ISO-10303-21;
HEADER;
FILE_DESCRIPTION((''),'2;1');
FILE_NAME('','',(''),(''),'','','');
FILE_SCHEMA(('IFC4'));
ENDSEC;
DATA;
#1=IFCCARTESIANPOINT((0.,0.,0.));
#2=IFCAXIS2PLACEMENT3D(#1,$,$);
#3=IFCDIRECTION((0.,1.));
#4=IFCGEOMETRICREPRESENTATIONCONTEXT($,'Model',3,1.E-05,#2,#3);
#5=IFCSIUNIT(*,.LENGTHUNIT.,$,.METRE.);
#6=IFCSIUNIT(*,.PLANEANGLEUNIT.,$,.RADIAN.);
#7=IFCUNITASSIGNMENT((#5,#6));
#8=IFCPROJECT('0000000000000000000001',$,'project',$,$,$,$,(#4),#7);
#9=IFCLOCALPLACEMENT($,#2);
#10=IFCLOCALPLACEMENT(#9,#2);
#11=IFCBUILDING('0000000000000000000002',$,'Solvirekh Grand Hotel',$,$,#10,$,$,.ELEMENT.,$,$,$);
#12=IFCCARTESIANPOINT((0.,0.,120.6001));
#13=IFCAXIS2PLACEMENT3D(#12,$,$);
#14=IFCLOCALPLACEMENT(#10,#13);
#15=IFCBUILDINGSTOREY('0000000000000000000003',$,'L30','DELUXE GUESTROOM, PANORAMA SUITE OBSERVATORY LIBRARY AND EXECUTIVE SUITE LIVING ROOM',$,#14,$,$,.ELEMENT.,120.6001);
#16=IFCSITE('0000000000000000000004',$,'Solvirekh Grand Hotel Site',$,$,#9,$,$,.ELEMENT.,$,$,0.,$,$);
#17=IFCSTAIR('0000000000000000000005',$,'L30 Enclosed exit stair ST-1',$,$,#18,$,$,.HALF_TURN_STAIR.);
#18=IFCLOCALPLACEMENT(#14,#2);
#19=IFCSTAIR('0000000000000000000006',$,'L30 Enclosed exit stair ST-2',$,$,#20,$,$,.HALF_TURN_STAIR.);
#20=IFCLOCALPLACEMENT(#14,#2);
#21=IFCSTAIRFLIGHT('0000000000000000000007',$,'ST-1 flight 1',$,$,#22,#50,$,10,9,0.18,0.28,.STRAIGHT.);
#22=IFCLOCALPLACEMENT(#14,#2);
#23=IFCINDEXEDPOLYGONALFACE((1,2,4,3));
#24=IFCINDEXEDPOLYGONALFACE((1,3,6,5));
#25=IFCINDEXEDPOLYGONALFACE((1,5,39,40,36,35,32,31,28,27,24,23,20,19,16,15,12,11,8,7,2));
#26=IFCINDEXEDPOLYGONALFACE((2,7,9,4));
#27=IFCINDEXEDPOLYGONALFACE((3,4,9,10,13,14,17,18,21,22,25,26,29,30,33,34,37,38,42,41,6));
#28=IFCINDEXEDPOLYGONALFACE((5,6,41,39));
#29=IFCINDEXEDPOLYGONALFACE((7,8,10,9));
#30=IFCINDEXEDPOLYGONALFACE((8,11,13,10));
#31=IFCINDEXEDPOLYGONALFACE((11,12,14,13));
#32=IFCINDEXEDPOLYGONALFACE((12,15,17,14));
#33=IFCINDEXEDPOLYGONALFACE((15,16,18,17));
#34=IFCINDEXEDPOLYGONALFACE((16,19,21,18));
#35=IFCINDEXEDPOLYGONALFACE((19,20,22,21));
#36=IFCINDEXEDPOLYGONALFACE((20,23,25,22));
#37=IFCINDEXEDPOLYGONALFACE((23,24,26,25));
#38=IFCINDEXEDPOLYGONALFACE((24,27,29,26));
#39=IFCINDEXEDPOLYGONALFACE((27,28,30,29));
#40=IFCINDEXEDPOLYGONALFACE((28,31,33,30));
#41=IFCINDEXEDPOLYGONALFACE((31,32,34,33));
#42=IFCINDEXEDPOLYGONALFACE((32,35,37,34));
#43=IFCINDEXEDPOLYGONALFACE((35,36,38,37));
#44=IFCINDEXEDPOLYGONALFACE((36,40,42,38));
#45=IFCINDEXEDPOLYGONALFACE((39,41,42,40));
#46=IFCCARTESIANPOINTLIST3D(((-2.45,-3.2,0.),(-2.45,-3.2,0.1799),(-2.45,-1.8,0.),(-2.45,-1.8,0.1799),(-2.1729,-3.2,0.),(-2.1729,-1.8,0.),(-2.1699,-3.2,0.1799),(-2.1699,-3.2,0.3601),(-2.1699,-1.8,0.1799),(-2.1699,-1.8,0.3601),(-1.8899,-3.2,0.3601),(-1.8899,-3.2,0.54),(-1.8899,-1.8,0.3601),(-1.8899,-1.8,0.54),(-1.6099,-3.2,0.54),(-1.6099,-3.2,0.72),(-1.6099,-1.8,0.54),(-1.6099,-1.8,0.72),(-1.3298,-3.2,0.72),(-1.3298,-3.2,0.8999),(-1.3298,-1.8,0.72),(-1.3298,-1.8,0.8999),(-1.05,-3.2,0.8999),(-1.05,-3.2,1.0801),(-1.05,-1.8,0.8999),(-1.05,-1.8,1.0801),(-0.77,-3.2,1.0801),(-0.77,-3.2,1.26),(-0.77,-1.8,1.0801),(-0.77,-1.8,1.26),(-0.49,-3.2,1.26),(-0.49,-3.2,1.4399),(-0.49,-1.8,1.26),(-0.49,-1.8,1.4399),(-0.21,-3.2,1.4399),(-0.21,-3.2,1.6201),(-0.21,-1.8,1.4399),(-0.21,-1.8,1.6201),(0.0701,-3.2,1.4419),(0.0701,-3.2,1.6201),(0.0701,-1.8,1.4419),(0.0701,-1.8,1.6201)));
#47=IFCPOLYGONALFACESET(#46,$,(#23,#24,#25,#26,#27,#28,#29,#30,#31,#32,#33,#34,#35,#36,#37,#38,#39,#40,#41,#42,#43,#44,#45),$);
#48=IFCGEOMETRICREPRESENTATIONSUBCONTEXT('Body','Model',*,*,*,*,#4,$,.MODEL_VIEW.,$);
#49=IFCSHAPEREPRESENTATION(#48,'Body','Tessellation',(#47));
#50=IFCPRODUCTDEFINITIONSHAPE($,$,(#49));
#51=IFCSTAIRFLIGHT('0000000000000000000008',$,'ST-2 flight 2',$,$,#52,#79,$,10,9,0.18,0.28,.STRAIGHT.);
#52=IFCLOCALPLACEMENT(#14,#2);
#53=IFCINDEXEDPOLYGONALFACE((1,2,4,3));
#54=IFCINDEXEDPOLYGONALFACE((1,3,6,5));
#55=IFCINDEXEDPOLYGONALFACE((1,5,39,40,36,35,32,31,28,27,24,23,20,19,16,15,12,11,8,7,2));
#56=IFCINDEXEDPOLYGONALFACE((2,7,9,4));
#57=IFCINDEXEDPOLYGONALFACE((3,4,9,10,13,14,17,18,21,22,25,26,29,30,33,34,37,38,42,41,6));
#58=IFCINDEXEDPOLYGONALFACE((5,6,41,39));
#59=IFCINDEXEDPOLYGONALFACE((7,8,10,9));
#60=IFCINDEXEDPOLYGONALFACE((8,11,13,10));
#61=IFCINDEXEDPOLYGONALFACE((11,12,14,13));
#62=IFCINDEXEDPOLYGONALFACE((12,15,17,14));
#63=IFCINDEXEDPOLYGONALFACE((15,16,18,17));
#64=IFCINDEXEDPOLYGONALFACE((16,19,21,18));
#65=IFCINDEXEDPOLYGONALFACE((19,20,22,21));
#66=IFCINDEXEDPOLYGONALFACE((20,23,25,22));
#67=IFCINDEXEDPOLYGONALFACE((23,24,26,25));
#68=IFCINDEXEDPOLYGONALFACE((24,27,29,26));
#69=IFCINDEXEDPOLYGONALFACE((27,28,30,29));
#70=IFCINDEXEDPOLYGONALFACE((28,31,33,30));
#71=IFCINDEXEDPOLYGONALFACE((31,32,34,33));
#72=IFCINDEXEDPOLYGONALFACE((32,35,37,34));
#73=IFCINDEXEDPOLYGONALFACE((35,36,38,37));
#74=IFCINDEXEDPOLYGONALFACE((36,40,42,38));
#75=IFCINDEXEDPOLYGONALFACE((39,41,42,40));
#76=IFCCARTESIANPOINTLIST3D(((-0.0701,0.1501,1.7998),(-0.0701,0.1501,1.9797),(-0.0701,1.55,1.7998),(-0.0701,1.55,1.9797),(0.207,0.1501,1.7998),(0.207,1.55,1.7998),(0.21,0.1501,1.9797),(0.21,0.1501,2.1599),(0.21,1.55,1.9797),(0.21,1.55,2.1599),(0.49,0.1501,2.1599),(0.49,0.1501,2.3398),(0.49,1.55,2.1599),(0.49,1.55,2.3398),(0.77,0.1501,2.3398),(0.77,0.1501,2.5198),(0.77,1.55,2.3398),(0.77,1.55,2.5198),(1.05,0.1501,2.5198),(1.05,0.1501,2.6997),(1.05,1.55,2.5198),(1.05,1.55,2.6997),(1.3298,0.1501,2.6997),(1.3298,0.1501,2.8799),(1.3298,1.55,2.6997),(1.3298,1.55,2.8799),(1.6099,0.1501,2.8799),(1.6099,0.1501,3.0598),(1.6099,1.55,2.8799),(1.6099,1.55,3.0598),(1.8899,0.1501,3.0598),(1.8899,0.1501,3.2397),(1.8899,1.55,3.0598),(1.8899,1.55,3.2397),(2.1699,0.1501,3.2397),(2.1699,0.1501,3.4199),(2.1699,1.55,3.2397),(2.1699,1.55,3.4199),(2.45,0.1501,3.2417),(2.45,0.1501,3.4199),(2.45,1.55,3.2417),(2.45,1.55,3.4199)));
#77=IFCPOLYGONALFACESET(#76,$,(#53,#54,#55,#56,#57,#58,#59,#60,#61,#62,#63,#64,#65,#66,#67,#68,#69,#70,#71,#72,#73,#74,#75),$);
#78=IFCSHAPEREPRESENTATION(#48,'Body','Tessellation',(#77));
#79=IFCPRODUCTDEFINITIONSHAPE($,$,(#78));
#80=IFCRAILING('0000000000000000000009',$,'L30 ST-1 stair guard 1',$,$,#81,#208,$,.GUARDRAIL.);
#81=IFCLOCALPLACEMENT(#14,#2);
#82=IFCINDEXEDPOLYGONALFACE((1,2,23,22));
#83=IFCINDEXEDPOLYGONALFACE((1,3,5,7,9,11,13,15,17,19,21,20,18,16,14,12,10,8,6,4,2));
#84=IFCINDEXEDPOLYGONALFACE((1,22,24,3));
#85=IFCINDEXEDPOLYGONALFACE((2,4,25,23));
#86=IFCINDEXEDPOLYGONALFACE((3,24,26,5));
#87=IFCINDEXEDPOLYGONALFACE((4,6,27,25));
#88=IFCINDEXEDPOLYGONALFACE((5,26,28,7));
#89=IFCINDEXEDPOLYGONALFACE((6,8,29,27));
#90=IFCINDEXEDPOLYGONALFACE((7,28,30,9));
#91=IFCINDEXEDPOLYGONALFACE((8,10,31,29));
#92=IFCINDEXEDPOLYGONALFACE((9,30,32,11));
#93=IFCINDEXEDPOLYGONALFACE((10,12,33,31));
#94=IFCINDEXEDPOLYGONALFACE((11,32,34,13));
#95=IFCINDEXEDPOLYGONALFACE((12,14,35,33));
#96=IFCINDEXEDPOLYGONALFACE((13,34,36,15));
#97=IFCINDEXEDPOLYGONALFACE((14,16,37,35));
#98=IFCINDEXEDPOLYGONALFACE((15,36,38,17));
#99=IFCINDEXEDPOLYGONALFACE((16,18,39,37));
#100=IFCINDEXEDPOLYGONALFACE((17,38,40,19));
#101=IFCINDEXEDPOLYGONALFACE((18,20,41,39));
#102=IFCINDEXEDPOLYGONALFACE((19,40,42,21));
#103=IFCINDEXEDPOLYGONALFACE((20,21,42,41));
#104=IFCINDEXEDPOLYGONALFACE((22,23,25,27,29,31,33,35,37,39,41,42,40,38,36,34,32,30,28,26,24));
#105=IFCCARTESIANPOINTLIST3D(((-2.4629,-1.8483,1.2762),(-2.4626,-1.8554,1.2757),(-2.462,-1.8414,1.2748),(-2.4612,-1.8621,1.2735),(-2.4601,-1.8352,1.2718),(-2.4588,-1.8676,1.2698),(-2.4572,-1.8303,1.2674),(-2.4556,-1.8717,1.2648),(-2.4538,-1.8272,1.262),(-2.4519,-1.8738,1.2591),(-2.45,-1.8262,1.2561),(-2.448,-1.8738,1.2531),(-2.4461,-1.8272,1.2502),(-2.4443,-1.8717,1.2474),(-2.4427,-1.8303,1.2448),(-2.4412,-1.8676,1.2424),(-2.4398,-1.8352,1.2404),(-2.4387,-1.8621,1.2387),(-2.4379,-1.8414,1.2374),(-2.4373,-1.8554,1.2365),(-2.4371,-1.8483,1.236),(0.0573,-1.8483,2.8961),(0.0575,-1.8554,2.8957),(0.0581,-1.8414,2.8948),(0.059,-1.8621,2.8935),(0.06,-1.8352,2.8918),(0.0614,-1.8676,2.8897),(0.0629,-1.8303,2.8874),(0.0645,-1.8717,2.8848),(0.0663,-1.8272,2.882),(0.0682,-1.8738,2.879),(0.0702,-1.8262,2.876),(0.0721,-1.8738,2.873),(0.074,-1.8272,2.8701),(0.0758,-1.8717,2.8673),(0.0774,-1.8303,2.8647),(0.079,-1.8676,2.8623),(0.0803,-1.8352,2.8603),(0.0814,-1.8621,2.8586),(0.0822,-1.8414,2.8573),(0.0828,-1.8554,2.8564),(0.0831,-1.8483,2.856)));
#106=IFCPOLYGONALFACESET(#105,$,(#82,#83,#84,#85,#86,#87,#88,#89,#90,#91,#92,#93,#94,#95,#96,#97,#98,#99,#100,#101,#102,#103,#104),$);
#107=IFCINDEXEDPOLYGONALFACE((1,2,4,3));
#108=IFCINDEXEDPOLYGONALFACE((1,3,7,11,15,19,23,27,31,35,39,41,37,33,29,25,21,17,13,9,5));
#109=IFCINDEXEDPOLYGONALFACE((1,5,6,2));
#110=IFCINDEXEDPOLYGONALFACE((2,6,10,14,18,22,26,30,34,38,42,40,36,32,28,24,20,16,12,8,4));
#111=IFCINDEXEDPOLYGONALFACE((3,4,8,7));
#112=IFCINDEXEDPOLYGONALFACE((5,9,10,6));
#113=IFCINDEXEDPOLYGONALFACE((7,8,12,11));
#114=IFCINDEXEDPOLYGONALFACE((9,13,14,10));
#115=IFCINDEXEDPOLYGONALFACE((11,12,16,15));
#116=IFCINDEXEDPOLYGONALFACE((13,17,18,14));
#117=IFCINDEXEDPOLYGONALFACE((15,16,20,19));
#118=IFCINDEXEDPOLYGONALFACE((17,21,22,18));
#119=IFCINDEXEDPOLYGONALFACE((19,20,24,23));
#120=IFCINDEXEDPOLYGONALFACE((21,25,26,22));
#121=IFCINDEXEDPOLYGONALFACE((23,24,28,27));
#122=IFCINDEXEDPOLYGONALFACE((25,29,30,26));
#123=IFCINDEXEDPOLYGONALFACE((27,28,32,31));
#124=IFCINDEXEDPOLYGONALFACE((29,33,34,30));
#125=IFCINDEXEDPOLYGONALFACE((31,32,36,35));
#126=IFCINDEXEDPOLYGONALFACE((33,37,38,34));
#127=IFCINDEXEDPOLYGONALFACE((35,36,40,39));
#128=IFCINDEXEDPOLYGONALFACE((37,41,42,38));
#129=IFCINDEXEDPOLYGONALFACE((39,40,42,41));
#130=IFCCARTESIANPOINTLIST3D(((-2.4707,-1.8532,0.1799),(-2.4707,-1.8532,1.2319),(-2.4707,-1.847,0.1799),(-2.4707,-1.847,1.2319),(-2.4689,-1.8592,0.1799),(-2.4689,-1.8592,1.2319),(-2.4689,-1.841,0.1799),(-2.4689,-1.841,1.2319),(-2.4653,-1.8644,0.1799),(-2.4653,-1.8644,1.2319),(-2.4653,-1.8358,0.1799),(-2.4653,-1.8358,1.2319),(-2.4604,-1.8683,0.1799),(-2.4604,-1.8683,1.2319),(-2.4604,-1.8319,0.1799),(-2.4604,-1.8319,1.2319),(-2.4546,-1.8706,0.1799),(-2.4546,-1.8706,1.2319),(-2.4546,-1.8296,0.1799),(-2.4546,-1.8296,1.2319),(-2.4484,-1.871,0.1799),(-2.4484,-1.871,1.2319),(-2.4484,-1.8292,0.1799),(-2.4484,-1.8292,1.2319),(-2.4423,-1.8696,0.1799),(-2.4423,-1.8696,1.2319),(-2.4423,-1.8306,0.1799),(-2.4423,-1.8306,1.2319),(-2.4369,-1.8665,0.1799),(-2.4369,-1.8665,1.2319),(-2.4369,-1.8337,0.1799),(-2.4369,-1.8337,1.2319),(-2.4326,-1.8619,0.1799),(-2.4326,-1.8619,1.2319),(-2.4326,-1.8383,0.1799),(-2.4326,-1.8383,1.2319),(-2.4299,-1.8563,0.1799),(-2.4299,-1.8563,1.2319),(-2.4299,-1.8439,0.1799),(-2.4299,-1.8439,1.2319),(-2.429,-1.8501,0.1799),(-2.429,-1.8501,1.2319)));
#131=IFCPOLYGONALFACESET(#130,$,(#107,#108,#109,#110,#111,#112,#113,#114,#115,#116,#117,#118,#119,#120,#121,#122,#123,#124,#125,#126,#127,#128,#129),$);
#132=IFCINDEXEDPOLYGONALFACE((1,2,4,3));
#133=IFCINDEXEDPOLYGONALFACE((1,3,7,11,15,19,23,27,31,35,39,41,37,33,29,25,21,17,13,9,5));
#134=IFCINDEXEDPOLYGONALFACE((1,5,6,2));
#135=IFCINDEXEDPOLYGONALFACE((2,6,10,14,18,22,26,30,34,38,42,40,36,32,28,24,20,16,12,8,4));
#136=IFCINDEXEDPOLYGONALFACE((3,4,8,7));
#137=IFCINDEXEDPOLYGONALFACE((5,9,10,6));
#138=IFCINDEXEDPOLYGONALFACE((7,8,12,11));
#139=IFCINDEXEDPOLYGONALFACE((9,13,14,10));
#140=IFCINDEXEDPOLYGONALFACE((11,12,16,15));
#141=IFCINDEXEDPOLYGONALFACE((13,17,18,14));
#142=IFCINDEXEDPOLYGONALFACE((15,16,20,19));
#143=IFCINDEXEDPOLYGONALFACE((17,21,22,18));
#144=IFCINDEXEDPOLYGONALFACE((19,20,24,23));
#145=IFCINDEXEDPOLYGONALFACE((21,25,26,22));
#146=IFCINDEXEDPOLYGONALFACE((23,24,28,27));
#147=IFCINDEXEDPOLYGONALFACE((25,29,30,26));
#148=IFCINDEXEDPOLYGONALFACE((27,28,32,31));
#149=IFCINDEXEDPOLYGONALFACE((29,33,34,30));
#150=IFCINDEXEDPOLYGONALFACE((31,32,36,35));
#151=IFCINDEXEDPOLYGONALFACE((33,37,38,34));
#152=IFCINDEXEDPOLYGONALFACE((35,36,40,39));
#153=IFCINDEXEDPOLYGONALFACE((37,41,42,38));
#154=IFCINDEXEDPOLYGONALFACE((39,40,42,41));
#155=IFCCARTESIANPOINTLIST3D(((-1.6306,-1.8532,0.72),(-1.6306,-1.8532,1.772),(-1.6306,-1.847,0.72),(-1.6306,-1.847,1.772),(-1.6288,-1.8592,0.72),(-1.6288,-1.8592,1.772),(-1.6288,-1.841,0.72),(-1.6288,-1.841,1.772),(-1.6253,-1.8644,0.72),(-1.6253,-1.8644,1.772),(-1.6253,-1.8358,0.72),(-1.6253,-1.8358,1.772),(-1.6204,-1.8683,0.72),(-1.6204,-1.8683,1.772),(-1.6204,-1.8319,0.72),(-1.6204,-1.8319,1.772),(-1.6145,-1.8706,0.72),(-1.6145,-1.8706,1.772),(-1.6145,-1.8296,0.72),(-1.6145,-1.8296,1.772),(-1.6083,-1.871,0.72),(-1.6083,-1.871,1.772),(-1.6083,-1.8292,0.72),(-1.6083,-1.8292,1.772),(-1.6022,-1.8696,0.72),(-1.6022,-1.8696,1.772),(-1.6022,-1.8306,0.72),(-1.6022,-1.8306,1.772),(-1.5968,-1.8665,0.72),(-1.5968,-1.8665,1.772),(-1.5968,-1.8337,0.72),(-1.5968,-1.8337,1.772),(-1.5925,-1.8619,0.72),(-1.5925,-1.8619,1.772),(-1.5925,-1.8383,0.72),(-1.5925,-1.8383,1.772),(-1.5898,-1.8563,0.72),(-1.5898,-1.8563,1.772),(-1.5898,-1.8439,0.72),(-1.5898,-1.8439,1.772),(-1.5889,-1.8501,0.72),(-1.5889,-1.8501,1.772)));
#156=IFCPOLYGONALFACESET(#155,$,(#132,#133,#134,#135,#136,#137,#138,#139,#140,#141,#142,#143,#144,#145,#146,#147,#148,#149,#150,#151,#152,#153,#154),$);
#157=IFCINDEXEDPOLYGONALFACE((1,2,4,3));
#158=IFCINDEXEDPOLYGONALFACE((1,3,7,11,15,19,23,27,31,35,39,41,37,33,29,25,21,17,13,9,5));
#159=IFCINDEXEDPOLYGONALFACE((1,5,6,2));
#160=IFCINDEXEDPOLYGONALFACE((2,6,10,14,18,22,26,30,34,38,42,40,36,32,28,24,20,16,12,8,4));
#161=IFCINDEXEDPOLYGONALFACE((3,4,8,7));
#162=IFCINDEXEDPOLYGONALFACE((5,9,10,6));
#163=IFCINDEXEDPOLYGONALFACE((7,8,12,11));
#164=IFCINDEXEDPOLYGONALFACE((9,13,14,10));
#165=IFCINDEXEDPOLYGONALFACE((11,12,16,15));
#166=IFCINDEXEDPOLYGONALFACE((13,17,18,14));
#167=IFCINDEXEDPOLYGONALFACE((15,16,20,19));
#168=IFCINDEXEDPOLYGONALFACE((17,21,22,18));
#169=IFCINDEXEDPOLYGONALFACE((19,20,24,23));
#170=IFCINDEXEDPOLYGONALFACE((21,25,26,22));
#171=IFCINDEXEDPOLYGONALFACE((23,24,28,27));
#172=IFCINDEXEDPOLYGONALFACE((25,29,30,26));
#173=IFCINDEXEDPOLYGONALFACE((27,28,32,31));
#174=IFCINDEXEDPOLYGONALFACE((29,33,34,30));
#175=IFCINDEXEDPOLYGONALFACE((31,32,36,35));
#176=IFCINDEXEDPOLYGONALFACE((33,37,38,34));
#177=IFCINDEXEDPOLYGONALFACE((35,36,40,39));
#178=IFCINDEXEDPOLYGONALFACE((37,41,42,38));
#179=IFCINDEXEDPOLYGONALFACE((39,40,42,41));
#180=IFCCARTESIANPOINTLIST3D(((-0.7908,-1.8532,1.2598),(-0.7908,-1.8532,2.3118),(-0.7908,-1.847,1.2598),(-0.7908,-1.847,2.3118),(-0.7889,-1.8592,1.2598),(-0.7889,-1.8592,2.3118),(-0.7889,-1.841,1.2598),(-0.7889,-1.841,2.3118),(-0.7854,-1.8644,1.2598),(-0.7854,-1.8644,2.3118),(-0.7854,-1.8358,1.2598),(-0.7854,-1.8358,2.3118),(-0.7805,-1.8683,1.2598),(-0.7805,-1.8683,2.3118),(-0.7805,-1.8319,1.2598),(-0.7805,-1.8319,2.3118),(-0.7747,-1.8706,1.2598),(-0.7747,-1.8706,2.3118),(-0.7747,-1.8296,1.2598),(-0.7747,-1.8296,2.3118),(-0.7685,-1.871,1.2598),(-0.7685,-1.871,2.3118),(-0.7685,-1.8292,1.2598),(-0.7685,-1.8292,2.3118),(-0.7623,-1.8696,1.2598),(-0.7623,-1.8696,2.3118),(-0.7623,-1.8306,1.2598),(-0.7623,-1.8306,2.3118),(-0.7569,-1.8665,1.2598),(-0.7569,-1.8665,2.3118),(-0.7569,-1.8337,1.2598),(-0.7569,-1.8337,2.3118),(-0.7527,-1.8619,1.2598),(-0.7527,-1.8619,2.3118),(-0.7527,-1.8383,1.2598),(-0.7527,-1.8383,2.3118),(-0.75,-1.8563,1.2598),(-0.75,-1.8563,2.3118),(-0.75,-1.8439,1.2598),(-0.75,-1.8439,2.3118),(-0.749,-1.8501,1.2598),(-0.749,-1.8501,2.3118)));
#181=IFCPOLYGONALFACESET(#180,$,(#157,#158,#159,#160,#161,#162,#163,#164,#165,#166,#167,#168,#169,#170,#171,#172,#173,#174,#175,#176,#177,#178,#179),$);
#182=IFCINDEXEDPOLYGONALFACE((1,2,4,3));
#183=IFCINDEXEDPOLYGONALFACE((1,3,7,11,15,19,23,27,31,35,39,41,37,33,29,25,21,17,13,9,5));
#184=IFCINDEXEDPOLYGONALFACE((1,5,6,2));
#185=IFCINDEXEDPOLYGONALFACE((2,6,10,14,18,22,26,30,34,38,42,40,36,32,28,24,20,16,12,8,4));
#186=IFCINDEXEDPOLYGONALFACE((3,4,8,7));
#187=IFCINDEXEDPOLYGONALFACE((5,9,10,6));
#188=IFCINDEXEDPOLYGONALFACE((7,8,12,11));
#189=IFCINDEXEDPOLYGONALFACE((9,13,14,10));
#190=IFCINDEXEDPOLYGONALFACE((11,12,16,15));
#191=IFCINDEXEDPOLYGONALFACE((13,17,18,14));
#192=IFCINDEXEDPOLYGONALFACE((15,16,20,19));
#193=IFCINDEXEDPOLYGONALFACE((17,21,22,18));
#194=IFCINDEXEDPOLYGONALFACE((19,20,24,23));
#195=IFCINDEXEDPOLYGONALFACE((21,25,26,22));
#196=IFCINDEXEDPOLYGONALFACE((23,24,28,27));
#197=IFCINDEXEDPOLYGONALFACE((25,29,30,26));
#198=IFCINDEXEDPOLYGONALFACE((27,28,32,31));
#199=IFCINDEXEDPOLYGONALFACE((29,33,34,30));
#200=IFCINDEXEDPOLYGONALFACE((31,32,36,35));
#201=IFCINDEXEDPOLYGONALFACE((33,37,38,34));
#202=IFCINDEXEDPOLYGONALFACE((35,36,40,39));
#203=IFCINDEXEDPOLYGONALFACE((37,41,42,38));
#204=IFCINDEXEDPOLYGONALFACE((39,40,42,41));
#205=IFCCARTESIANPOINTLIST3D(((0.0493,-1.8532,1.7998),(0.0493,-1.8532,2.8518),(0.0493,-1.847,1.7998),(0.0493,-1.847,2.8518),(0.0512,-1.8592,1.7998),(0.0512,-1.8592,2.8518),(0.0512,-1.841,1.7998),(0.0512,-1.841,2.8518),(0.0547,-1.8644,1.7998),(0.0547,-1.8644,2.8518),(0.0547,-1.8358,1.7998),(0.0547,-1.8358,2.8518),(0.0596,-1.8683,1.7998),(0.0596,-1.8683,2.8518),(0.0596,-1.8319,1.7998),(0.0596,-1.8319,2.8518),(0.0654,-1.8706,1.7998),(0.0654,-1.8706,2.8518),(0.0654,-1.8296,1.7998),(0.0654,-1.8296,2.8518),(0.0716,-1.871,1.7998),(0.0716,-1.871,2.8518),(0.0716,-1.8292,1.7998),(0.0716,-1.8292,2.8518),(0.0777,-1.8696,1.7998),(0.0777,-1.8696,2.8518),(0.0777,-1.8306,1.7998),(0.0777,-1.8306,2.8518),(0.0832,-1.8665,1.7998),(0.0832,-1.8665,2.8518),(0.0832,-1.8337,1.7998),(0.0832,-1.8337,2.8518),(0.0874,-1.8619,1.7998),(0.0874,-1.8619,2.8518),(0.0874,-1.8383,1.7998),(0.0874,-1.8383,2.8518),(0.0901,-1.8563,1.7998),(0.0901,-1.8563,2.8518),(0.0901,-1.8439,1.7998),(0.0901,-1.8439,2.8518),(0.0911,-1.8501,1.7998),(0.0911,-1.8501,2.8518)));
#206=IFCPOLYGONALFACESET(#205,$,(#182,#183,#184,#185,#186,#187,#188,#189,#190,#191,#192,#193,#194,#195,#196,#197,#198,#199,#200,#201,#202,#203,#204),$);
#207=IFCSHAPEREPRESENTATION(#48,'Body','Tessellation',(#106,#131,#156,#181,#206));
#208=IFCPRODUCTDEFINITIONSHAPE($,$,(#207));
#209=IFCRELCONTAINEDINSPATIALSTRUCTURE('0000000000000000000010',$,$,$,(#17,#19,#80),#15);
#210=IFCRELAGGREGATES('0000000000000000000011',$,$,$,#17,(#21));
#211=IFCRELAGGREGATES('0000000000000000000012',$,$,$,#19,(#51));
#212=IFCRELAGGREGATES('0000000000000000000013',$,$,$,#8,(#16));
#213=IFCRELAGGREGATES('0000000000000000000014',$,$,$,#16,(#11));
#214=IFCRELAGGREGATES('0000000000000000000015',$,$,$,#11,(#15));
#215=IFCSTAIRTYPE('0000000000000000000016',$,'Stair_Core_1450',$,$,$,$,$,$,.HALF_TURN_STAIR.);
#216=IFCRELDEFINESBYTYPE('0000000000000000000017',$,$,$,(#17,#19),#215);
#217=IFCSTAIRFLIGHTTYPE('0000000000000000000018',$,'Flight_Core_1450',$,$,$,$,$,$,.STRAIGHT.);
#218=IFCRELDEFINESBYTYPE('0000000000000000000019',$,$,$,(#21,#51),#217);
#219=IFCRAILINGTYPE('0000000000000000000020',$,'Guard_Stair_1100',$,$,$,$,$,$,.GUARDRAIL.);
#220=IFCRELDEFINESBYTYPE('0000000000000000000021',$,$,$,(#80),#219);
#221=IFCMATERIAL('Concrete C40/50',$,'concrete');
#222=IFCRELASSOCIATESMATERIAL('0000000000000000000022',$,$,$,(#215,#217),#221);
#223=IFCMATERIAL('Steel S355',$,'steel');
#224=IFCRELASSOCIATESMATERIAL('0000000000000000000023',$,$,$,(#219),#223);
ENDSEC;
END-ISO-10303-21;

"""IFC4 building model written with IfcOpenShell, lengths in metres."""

from ifc_helpers import new_model, si_unit, direction, frame, origin, origin_2d, place, context, subcontext, project, spatial, polyline, circle, outline, extrude, material, type_object, element, aggregate, save


model = new_model("IFC4")

# Units and contexts
model_context = context("Model", 3, precision=1e-05, world=origin(), true_north=direction((0.0, 1.0)))
body_context = subcontext(model_context, "Body", "Model", "MODEL_VIEW")
ifc_project = project(units=[si_unit("LENGTHUNIT", "METRE"), si_unit("PLANEANGLEUNIT", "RADIAN")], contexts=[model_context])

# Site, building, storey
site_placement = place(None, origin())
site = spatial("IfcSite", under=ifc_project, at=site_placement, Name="Solvirekh Grand Hotel Site", CompositionType="ELEMENT", RefElevation=0.0)
building_placement = place(site_placement, origin())
building = spatial("IfcBuilding", under=site, at=building_placement, Name="Solvirekh Grand Hotel", CompositionType="ELEMENT")
storey_placement = place(building_placement, frame((0.0, 0.0, 120.6001)))
storey = spatial("IfcBuildingStorey", under=building, at=storey_placement, Name="L30", Description="DELUXE GUESTROOM, PANORAMA SUITE OBSERVATORY LIBRARY AND EXECUTIVE SUITE LIVING ROOM", CompositionType="ELEMENT", Elevation=120.6001)

# Shared definitions
ifc_material_1 = material(Name="Steel S355", Category="steel")

# Stairs
ifc_material_2 = material(Name="Concrete C40/50", Category="concrete")
stair_type = type_object("IfcStairType", Name="Stair_Core_1450", PredefinedType="HALF_TURN_STAIR", material=ifc_material_2)
stair_1_placement = place(storey_placement, origin())
stair_1 = element("IfcStair", 1, at=stair_1_placement, inside=storey, type_object=stair_type, Name="L30 Enclosed exit stair ST-1", PredefinedType="HALF_TURN_STAIR")
stair_2_placement = place(storey_placement, origin())
stair_2 = element("IfcStair", 2, at=stair_2_placement, inside=storey, type_object=stair_type, Name="L30 Enclosed exit stair ST-2", PredefinedType="HALF_TURN_STAIR")

# Stair flights
stair_flight_type = type_object("IfcStairFlightType", Name="Flight_Core_1450", PredefinedType="STRAIGHT", material=ifc_material_2)
stair_flight_1_placement = place(storey_placement, frame((-2.45, -2.5, 0.0), z_axis=(0.0, 0.0, 1.0), x_axis=(1.0, 0.0, 0.0)))
stair_flight_1 = element("IfcStairFlight", 3, at=stair_flight_1_placement, type_object=stair_flight_type, Name="ST-1 flight 1", NumberOfRisers=10, NumberOfTreads=9, PredefinedType="STRAIGHT", RiserHeight=0.18, TreadLength=0.28, context=body_context, shape_type="SweptSolid", body=[
    extrude(outline(polyline([(0.0, 0.0), (0.0, 0.1799), (0.28, 0.1799), (0.28, 0.3601), (0.5601, 0.3601), (0.5601, 0.54), (0.8401, 0.54), (0.8401, 0.72), (1.1201, 0.72), (1.1201, 0.8999), (1.3999, 0.8999), (1.3999, 1.0801), (1.6799, 1.0801), (1.6799, 1.26), (1.96, 1.26), (1.96, 1.4399), (2.24, 1.4399), (2.24, 1.6201), (2.52, 1.6201), (2.52, 1.8), (2.52, 1.4419), (0.2771, 0.0), (0.0, 0.0)])), frame((0.0, 0.7, 0.0), z_axis=(0.0, -1.0, 0.0), x_axis=(1.0, 0.0, 0.0)), (0.0, 0.0, 1.0), 1.3999),
])
aggregate(stair_1, [stair_flight_1])
stair_flight_2_placement = place(storey_placement, frame((-0.0701, 0.8501, 1.7998), z_axis=(0.0, 0.0, 1.0), x_axis=(1.0, 0.0, 0.0)))
stair_flight_2 = element("IfcStairFlight", 4, at=stair_flight_2_placement, type_object=stair_flight_type, Name="ST-2 flight 2", NumberOfRisers=10, NumberOfTreads=9, PredefinedType="STRAIGHT", RiserHeight=0.18, TreadLength=0.28, context=body_context, shape_type="SweptSolid", body=[
    extrude(outline(polyline([(0.0, 0.0), (0.0, 0.1799), (0.28, 0.1799), (0.28, 0.3601), (0.5601, 0.3601), (0.5601, 0.54), (0.8401, 0.54), (0.8401, 0.72), (1.1201, 0.72), (1.1201, 0.8999), (1.3999, 0.8999), (1.3999, 1.0801), (1.6799, 1.0801), (1.6799, 1.26), (1.96, 1.26), (1.96, 1.4399), (2.24, 1.4399), (2.24, 1.6201), (2.52, 1.6201), (2.52, 1.8), (2.52, 1.4419), (0.2771, 0.0), (0.0, 0.0)])), frame((0.0, 0.7, 0.0), z_axis=(0.0, -1.0, 0.0), x_axis=(1.0, 0.0, 0.0)), (0.0, 0.0, 1.0), 1.3999),
])
aggregate(stair_2, [stair_flight_2])

# Railing
railing_type_1 = type_object("IfcRailingType", Name="Guard_Stair_1100", PredefinedType="GUARDRAIL", material=ifc_material_1)
railing_1_placement = place(storey_placement, frame((-2.45, -1.8501, 0.1799)))
element("IfcRailing", 5, at=railing_1_placement, inside=storey, type_object=railing_type_1, Name="L30 ST-1 stair guard 1", PredefinedType="GUARDRAIL", context=body_context, shape_type="SweptSolid", body=[
    extrude(circle(Radius=0.0239, at=origin_2d()), frame((0.0, 0.0, 1.0762), z_axis=(0.8412, 0.0, 0.540725), x_axis=(0.0, 1.0, 0.0)), (0.0, 0.0, 1.0), 2.9958),
    extrude(circle(Radius=0.021, at=origin_2d()), origin(), (0.0, 0.0, 1.0), 1.052),
    extrude(circle(Radius=0.021, at=origin_2d()), frame((0.8401, 0.0, 0.54)), (0.0, 0.0, 1.0), 1.052),
    extrude(circle(Radius=0.021, at=origin_2d()), frame((1.6799, 0.0, 1.0798)), (0.0, 0.0, 1.0), 1.052),
    extrude(circle(Radius=0.021, at=origin_2d()), frame((2.52, 0.0, 1.6199)), (0.0, 0.0, 1.0), 1.052),
])

save(model, "model.ifc")
